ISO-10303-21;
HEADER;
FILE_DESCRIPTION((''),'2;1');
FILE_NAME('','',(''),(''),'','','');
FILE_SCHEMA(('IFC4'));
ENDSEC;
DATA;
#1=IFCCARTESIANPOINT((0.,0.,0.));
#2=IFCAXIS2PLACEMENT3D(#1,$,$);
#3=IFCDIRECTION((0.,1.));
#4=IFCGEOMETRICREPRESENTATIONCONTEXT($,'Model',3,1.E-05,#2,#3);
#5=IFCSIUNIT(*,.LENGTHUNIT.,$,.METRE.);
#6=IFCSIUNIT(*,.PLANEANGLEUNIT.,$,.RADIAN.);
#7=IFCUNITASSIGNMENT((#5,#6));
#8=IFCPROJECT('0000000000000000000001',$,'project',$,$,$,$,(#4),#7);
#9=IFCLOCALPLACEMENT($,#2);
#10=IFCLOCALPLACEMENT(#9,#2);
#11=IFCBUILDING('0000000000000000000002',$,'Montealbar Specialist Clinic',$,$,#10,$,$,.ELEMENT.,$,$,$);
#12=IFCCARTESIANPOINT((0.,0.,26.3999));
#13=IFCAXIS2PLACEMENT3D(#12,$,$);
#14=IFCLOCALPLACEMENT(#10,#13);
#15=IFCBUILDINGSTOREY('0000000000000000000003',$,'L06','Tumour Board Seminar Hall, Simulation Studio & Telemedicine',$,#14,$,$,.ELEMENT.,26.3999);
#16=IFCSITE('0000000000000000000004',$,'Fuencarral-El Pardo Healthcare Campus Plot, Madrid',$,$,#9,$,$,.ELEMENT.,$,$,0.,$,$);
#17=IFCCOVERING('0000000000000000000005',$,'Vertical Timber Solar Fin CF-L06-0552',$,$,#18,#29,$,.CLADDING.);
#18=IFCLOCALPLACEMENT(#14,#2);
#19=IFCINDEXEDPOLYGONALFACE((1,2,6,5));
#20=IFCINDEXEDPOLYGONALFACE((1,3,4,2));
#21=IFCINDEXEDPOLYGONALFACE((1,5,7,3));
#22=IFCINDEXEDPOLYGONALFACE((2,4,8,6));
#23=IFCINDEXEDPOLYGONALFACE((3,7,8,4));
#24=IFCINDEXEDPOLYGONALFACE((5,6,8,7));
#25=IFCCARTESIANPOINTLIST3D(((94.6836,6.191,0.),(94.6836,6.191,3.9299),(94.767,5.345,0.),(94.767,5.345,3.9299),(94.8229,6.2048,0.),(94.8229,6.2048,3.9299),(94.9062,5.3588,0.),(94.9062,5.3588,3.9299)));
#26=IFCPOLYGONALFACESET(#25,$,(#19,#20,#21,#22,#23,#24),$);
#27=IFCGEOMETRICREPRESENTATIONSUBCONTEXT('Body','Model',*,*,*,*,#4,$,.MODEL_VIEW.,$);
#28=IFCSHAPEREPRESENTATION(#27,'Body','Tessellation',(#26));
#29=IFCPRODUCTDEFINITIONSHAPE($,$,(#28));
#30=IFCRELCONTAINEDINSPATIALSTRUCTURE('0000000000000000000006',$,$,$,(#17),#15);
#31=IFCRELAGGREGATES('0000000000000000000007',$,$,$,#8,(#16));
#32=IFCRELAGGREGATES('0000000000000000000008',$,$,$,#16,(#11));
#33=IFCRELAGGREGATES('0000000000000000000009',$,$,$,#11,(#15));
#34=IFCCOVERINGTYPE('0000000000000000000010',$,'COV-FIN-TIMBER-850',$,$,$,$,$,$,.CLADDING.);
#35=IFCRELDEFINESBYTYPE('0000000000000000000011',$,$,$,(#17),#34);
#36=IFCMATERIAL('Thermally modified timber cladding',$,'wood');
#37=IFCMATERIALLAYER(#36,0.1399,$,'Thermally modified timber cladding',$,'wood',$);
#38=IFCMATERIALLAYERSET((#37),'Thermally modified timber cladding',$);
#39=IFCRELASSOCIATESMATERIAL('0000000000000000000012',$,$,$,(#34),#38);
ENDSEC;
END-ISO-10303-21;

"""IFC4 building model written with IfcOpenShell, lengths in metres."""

from ifc_helpers import new_model, si_unit, direction, frame, origin, origin_2d, place, context, subcontext, project, spatial, rectangle, extrude, material, layer, layer_set, type_object, element, save


model = new_model("IFC4")

# Units and contexts
model_context = context("Model", 3, precision=1e-05, world=origin(), true_north=direction((0.0, 1.0)))
body_context = subcontext(model_context, "Body", "Model", "MODEL_VIEW")
ifc_project = project(units=[si_unit("LENGTHUNIT", "METRE"), si_unit("PLANEANGLEUNIT", "RADIAN")], contexts=[model_context])

# Site, building, storey
site_placement = place(None, origin())
site = spatial("IfcSite", under=ifc_project, at=site_placement, Name="Fuencarral-El Pardo Healthcare Campus Plot, Madrid", CompositionType="ELEMENT", RefElevation=0.0)
building_placement = place(site_placement, origin())
building = spatial("IfcBuilding", under=site, at=building_placement, Name="Montealbar Specialist Clinic", CompositionType="ELEMENT")
storey_placement = place(building_placement, frame((0.0, 0.0, 26.3999)))
storey = spatial("IfcBuildingStorey", under=building, at=storey_placement, Name="L06", Description="Tumour Board Seminar Hall, Simulation Studio & Telemedicine", CompositionType="ELEMENT", Elevation=26.3999)

# Covering
ifc_material_1 = material(Name="Thermally modified timber cladding", Category="wood")
ifc_layer_1 = layer(ifc_material_1, 0.1399, Name="Thermally modified timber cladding", Category="wood")
ifc_layer_set_1 = layer_set([ifc_layer_1], Name="Thermally modified timber cladding")
covering_type = type_object("IfcCoveringType", Name="COV-FIN-TIMBER-850", PredefinedType="CLADDING", material=ifc_layer_set_1)
for number, where, z_axis, x_axis, name in (
    (1, (94.7949, 5.7749, 0.0), (0.0, 0.0, 1.0), (0.098045, -0.995182, 0.0), "Vertical Timber Solar Fin CF-L06-0552"),
):
    element("IfcCovering", number, at=place(storey_placement, frame(where, z_axis=z_axis, x_axis=x_axis)), inside=storey, type_object=covering_type, Name=name, PredefinedType="CLADDING", context=body_context, shape_type="SweptSolid", body=[
        extrude(rectangle(XDim=0.8501, YDim=0.1399, at=origin_2d()), origin(), (0.0, 0.0, 1.0), 3.9299),
    ])

save(model, "model.ifc")
